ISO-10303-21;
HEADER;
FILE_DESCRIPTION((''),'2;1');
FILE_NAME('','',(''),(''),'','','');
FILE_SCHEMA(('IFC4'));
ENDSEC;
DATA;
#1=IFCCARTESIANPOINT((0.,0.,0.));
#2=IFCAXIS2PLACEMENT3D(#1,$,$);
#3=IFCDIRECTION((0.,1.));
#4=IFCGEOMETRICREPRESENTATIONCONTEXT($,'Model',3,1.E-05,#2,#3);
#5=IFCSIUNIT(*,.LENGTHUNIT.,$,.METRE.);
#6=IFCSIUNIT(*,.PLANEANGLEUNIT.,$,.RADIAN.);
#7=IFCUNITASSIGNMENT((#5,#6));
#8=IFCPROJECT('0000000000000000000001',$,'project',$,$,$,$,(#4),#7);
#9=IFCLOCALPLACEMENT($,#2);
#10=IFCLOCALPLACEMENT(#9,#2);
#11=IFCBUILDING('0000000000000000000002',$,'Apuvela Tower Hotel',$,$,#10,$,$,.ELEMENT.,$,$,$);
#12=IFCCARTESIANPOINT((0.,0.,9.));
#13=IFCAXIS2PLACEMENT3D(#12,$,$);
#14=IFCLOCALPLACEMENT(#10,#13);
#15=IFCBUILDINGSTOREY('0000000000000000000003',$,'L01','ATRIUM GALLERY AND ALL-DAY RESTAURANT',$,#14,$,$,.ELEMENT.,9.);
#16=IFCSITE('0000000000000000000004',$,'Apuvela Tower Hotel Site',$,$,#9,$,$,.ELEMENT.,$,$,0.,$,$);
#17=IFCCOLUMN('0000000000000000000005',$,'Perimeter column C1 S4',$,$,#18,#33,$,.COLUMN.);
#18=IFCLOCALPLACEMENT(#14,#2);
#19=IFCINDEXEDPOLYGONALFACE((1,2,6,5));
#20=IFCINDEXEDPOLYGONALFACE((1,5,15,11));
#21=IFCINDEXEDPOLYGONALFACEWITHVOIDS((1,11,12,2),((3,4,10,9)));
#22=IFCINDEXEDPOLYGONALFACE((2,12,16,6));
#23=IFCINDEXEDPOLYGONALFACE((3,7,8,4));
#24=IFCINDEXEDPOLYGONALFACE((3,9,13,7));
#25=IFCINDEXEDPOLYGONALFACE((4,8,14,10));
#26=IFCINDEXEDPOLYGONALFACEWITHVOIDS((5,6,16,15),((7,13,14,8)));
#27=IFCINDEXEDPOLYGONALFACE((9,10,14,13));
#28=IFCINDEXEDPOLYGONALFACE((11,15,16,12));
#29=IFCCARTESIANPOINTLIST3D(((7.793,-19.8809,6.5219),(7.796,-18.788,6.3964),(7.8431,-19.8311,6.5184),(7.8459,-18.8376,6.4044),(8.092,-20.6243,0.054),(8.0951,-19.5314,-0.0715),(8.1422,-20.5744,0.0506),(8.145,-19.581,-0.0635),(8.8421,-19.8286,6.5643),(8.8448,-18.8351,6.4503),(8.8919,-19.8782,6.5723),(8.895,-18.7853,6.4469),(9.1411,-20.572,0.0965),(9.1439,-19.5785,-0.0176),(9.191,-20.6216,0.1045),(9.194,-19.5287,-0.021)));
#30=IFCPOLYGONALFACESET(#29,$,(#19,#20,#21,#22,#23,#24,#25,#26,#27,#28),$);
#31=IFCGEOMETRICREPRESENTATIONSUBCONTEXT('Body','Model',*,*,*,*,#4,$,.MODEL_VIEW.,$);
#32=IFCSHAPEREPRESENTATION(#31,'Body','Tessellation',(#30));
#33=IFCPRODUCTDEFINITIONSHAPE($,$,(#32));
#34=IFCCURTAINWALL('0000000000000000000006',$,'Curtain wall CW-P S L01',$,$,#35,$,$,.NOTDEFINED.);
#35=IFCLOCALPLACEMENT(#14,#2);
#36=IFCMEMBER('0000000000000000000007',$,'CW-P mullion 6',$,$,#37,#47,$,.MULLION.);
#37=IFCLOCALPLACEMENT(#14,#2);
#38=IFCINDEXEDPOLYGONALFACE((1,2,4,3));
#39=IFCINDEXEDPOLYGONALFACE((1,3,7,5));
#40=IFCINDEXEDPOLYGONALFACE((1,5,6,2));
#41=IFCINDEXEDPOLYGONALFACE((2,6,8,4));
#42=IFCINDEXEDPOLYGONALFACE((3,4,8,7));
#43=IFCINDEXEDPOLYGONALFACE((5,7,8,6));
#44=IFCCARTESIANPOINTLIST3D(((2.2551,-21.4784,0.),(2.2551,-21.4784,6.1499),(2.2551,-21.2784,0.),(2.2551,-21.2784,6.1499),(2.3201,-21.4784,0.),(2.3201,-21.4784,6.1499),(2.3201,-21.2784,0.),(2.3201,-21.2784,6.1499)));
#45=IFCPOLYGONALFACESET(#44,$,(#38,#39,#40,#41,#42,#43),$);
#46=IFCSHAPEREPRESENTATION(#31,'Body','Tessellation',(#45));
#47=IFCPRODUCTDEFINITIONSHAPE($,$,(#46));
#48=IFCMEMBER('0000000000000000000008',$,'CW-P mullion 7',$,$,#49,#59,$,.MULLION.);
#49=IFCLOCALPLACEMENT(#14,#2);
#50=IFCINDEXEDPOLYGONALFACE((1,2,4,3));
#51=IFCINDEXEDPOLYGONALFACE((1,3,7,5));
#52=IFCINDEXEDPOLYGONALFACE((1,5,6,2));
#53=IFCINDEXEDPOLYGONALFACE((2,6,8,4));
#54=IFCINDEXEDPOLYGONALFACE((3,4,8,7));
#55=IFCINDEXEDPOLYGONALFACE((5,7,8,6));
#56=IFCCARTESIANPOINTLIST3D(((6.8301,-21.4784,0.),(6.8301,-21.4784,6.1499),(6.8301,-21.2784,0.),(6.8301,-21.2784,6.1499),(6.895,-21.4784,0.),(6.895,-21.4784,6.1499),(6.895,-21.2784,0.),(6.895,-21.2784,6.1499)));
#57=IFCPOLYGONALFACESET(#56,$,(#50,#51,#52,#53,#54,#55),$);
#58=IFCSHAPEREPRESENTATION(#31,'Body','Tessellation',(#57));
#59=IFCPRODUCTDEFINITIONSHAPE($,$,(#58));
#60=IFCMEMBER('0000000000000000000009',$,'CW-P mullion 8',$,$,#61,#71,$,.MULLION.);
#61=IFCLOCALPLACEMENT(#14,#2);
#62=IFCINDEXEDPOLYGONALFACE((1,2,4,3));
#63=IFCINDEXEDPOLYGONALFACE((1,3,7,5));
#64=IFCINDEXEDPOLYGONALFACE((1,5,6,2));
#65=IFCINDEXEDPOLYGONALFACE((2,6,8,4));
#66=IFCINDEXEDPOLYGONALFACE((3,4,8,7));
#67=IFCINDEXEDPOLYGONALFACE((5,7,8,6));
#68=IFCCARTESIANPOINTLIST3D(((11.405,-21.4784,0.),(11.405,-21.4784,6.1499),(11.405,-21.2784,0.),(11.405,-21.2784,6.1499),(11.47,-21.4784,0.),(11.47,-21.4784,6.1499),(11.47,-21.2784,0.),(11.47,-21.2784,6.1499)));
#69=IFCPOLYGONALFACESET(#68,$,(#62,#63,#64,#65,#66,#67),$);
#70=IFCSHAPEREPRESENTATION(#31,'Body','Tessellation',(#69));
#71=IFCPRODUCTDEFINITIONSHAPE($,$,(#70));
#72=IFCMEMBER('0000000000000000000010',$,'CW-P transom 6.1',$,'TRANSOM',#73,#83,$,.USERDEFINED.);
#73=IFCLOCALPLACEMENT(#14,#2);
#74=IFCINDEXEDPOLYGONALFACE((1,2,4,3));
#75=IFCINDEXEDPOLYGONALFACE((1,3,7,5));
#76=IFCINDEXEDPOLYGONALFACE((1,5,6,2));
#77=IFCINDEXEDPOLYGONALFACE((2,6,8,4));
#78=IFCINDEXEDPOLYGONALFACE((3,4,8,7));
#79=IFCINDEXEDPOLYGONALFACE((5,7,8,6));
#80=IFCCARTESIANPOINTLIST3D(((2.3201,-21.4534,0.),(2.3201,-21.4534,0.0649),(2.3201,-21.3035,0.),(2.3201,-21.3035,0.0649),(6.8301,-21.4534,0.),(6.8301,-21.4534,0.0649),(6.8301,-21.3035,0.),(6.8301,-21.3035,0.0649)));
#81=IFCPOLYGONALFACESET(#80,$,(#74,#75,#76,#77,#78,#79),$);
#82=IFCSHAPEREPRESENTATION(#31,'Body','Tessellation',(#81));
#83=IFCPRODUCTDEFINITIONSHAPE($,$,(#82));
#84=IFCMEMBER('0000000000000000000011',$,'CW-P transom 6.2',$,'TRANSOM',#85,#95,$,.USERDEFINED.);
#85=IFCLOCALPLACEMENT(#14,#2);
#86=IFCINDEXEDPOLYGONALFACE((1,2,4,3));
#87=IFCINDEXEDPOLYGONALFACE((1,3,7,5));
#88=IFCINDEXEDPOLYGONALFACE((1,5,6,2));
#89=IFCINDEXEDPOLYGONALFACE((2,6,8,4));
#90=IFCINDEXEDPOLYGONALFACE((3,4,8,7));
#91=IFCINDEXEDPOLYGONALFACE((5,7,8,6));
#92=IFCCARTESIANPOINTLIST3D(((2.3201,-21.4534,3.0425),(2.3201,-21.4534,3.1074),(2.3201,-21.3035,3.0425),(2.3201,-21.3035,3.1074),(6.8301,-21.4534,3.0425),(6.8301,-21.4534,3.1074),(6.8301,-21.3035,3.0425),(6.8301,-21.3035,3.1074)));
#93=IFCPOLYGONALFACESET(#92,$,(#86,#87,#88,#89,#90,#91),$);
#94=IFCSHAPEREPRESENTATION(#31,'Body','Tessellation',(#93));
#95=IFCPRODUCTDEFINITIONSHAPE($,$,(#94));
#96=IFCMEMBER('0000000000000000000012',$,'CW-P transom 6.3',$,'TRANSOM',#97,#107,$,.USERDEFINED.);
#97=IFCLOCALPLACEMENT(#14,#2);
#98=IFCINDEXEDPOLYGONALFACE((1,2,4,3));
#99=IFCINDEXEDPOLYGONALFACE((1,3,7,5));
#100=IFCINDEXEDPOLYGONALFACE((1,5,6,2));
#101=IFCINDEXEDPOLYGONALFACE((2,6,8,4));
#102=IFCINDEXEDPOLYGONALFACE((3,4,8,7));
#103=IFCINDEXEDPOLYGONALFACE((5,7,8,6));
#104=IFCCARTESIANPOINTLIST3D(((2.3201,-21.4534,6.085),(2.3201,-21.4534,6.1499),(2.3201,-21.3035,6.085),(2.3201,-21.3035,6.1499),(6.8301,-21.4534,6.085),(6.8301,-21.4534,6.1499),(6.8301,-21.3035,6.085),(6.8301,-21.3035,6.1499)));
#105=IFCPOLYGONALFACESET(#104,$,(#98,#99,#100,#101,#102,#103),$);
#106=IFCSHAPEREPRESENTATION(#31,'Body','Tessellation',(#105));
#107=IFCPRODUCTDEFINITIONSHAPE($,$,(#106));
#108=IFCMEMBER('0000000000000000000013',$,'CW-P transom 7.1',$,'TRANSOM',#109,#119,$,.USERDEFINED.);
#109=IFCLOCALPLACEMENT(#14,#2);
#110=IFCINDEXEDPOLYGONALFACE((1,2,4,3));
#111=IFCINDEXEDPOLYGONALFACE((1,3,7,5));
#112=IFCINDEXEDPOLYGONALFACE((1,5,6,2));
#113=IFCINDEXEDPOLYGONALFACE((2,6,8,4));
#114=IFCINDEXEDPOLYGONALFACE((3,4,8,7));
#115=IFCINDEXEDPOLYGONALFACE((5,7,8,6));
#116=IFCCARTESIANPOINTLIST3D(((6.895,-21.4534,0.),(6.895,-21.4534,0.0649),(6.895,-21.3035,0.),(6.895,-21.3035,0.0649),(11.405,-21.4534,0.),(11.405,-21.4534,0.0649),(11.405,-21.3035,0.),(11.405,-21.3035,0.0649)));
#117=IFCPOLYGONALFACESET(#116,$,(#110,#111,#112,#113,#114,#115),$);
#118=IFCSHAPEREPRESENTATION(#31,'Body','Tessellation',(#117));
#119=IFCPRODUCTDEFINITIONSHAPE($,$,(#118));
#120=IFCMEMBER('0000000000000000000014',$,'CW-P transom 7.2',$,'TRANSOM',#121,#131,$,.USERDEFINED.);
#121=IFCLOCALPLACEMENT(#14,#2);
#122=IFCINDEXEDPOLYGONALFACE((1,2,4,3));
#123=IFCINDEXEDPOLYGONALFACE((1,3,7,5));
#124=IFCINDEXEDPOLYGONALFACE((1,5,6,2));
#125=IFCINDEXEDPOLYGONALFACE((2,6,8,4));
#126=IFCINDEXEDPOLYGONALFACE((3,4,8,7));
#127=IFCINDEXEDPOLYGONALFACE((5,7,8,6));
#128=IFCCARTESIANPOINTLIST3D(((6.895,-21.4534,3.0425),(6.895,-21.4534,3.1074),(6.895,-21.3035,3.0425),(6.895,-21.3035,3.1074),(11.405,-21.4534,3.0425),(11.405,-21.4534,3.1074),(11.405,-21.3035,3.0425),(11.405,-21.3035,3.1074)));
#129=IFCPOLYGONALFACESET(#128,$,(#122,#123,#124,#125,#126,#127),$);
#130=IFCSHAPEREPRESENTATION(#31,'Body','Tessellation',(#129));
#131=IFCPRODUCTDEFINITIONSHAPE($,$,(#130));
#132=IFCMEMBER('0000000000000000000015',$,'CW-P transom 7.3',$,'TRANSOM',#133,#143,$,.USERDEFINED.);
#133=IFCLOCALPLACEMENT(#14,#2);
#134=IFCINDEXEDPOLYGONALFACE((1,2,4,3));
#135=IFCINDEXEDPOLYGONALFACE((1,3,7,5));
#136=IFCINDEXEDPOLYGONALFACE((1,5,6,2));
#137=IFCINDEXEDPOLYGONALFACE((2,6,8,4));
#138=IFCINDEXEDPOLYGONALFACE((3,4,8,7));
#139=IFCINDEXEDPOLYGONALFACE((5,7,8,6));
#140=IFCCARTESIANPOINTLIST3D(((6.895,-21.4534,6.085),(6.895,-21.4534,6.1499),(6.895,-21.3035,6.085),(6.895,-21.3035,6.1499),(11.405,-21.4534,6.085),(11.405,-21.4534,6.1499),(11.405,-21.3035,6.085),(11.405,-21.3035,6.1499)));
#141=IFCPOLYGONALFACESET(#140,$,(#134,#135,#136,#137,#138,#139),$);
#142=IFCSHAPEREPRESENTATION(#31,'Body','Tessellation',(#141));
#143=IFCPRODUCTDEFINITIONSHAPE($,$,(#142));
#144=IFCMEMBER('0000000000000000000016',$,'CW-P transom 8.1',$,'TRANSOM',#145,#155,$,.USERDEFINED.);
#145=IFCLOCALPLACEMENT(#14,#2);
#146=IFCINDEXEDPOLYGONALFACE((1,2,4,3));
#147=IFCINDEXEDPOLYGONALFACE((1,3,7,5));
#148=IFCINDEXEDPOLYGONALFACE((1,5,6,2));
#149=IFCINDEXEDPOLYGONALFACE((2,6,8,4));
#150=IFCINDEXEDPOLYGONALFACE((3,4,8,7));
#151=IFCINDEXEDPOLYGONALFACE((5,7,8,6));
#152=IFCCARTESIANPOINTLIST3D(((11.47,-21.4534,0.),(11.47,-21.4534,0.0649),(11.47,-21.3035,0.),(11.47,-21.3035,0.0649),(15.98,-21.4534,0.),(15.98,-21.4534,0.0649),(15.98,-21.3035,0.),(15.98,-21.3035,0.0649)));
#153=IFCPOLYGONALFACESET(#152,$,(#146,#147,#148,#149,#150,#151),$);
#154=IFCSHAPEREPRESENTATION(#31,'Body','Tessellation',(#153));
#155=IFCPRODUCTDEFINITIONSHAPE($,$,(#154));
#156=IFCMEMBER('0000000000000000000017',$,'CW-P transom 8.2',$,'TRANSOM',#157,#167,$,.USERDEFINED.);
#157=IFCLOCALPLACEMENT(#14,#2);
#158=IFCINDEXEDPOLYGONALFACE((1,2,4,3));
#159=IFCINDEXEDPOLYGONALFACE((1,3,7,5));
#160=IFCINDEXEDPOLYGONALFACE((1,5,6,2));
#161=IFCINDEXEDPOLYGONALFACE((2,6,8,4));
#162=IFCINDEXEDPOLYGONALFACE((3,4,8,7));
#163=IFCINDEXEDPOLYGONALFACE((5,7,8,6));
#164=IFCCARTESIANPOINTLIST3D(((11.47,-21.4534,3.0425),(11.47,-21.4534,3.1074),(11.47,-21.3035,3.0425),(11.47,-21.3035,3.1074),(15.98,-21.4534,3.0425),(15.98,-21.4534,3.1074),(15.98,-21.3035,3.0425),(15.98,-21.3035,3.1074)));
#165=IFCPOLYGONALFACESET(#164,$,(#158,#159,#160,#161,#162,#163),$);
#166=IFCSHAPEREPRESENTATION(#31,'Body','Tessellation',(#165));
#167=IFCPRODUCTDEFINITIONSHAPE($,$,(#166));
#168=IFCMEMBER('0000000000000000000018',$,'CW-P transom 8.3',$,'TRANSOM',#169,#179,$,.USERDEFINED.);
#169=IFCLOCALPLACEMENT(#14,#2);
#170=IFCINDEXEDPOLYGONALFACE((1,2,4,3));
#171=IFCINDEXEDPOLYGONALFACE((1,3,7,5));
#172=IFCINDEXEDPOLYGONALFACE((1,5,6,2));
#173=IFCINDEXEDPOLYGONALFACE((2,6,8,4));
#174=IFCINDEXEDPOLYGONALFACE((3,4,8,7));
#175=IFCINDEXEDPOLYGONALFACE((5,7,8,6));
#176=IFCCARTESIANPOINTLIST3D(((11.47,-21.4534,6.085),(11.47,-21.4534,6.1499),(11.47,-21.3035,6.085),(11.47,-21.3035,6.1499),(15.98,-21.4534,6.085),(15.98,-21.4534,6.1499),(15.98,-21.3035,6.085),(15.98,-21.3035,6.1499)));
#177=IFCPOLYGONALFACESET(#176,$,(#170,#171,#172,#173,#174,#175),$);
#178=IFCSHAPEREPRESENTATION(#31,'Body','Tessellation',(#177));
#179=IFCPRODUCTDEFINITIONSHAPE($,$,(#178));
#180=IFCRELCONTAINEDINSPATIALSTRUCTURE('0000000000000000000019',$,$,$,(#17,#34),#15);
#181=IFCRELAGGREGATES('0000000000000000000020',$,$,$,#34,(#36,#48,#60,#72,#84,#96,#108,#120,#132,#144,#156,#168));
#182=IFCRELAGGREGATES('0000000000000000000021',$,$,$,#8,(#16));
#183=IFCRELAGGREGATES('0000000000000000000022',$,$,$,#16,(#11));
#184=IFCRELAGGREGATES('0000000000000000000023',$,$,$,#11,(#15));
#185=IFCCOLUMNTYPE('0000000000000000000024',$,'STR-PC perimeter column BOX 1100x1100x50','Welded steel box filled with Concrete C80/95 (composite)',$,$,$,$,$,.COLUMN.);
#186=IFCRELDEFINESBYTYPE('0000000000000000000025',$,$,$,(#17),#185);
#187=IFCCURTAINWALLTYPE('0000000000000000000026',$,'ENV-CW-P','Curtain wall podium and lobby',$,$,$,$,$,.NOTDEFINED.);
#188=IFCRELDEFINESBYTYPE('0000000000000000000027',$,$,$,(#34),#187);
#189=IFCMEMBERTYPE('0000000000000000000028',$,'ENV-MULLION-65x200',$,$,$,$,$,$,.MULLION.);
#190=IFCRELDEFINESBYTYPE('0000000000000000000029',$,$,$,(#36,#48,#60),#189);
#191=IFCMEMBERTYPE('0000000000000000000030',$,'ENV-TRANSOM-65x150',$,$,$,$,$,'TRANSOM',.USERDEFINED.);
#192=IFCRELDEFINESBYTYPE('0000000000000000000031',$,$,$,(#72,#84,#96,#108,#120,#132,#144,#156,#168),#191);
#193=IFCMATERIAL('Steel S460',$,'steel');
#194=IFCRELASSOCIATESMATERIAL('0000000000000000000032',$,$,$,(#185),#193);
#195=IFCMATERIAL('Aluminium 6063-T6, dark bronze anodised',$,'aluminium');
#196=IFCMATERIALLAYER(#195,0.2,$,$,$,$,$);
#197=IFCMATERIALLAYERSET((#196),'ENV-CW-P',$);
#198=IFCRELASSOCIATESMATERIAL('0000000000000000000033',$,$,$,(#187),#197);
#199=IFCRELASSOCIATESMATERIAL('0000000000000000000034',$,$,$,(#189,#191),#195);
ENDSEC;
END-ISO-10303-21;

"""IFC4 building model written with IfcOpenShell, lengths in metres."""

from ifc_helpers import new_model, si_unit, direction, frame, origin, origin_2d, place, context, subcontext, project, spatial, rectangle, hollow_rectangle, extrude, boolean, halfspace, material, layer, layer_set, material_profile, profile_set, type_object, element, aggregate, save


model = new_model("IFC4")

# Units and contexts
model_context = context("Model", 3, precision=1e-05, world=origin(), true_north=direction((0.0, 1.0)))
body_context = subcontext(model_context, "Body", "Model", "MODEL_VIEW")
ifc_project = project(units=[si_unit("LENGTHUNIT", "METRE"), si_unit("PLANEANGLEUNIT", "RADIAN")], contexts=[model_context])

# Site, building, storey
site_placement = place(None, origin())
site = spatial("IfcSite", under=ifc_project, at=site_placement, Name="Apuvela Tower Hotel Site", CompositionType="ELEMENT", RefElevation=0.0)
building_placement = place(site_placement, origin())
building = spatial("IfcBuilding", under=site, at=building_placement, Name="Apuvela Tower Hotel", CompositionType="ELEMENT")
storey_placement = place(building_placement, frame((0.0, 0.0, 9.0)))
storey = spatial("IfcBuildingStorey", under=building, at=storey_placement, Name="L01", Description="ATRIUM GALLERY AND ALL-DAY RESTAURANT", CompositionType="ELEMENT", Elevation=9.0)

# Column
ifc_material_1 = material(Name="Steel S460", Category="steel")
ifc_material_profile_1 = material_profile(ifc_material_1, hollow_rectangle(XDim=1.1001, YDim=1.1001, WallThickness=0.05, at=origin_2d()), Name="BOX 1100x1100x50")
ifc_material_2 = material(Name="Concrete C80/95", Category="concrete")
ifc_material_profile_2 = material_profile(ifc_material_2, rectangle(XDim=1.0, YDim=1.0, at=origin_2d()), Name="Concrete C80/95 infill")
ifc_profile_set_1 = profile_set([ifc_material_profile_1, ifc_material_profile_2], Name="Steel S460")
column_type = type_object("IfcColumnType", Name="STR-PC perimeter column BOX 1100x1100x50", Description="Welded steel box filled with Concrete C80/95 (composite)", PredefinedType="COLUMN", material=ifc_profile_set_1)
column_placement = place(storey_placement, frame((8.6438, -20.0784, 0.0), z_axis=(-0.045886, 0.114062, 0.992413), x_axis=(0.998943, 0.002476, 0.045903)))
element("IfcColumn", 1, at=column_placement, inside=storey, type_object=column_type, Name="Perimeter column C1 S4", PredefinedType="COLUMN", context=body_context, shape_type="SweptSolid", body=[
    boolean("DIFFERENCE", boolean("DIFFERENCE", extrude(hollow_rectangle(XDim=1.1001, YDim=1.1001, WallThickness=0.05, at=origin_2d()), origin(), (0.0, 0.0, 1.0), 6.5498), halfspace(frame((0.0, 0.0, 0.0166), z_axis=(0.0, 0.0, 1.0), x_axis=(1.0, 0.0, 0.0)), True)), halfspace(frame((0.0, 0.0, 6.5339), z_axis=(0.0, 0.0, 1.0), x_axis=(1.0, 0.0, 0.0)), False)),
])

# Curtain wall, members
ifc_material_3 = material(Name="Aluminium 6063-T6, dark bronze anodised", Category="aluminium")
ifc_layer_1 = layer(ifc_material_3, 0.2)
ifc_layer_set_1 = layer_set([ifc_layer_1], Name="ENV-CW-P")
curtain_wall_type = type_object("IfcCurtainWallType", Name="ENV-CW-P", Description="Curtain wall podium and lobby", PredefinedType="NOTDEFINED", material=ifc_layer_set_1)
curtain_wall_placement = place(storey_placement, origin())
curtain_wall = element("IfcCurtainWall", 2, at=curtain_wall_placement, inside=storey, type_object=curtain_wall_type, Name="Curtain wall CW-P S L01", PredefinedType="NOTDEFINED")
ifc_material_profile_3 = material_profile(ifc_material_3, rectangle(XDim=0.2, YDim=0.0649, at=origin_2d()), Name="AL 65x200")
ifc_profile_set_2 = profile_set([ifc_material_profile_3], Name="Aluminium 6063-T6, dark bronze anodised")
member_type_1 = type_object("IfcMemberType", Name="ENV-MULLION-65x200", PredefinedType="MULLION", material=ifc_profile_set_2)
member_1_placement = place(storey_placement, frame((2.2876, -21.3784, 0.0), z_axis=(0.0, 0.0, 1.0), x_axis=(0.0, 1.0, 0.0)))
member_1 = element("IfcMember", 3, at=member_1_placement, type_object=member_type_1, Name="CW-P mullion 6", PredefinedType="MULLION", context=body_context, shape_type="SweptSolid", body=[
    extrude(rectangle(XDim=0.2, YDim=0.0649, at=origin_2d()), origin(), (0.0, 0.0, 1.0), 6.1499),
])
member_2_placement = place(storey_placement, frame((6.8625, -21.3784, 0.0), z_axis=(0.0, 0.0, 1.0), x_axis=(0.0, 1.0, 0.0)))
member_2 = element("IfcMember", 4, at=member_2_placement, type_object=member_type_1, Name="CW-P mullion 7", PredefinedType="MULLION", context=body_context, shape_type="SweptSolid", body=[
    extrude(rectangle(XDim=0.2, YDim=0.0649, at=origin_2d()), origin(), (0.0, 0.0, 1.0), 6.1499),
])
member_3_placement = place(storey_placement, frame((11.4375, -21.3784, 0.0), z_axis=(0.0, 0.0, 1.0), x_axis=(0.0, 1.0, 0.0)))
member_3 = element("IfcMember", 5, at=member_3_placement, type_object=member_type_1, Name="CW-P mullion 8", PredefinedType="MULLION", context=body_context, shape_type="SweptSolid", body=[
    extrude(rectangle(XDim=0.2, YDim=0.0649, at=origin_2d()), origin(), (0.0, 0.0, 1.0), 6.1499),
])
ifc_material_profile_4 = material_profile(ifc_material_3, rectangle(XDim=0.1499, YDim=0.0649, at=origin_2d()), Name="AL 65x150 transom")
ifc_profile_set_3 = profile_set([ifc_material_profile_4], Name="Aluminium 6063-T6, dark bronze anodised")
member_type_2 = type_object("IfcMemberType", Name="ENV-TRANSOM-65x150", ElementType="TRANSOM", PredefinedType="USERDEFINED", material=ifc_profile_set_3)
member_4_placement = place(storey_placement, frame((2.3201, -21.3784, 0.0325), z_axis=(1.0, 0.0, 0.0), x_axis=(0.0, 1.0, 0.0)))
member_4 = element("IfcMember", 6, at=member_4_placement, type_object=member_type_2, Name="CW-P transom 6.1", ObjectType="TRANSOM", PredefinedType="USERDEFINED", context=body_context, shape_type="SweptSolid", body=[
    extrude(rectangle(XDim=0.1499, YDim=0.0649, at=origin_2d()), origin(), (0.0, 0.0, 1.0), 4.51),
])
member_5_placement = place(storey_placement, frame((2.3201, -21.3784, 3.075), z_axis=(1.0, 0.0, 0.0), x_axis=(0.0, 1.0, 0.0)))
member_5 = element("IfcMember", 7, at=member_5_placement, type_object=member_type_2, Name="CW-P transom 6.2", ObjectType="TRANSOM", PredefinedType="USERDEFINED", context=body_context, shape_type="SweptSolid", body=[
    extrude(rectangle(XDim=0.1499, YDim=0.0649, at=origin_2d()), origin(), (0.0, 0.0, 1.0), 4.51),
])
member_6_placement = place(storey_placement, frame((2.3201, -21.3784, 6.1174), z_axis=(1.0, 0.0, 0.0), x_axis=(0.0, 1.0, 0.0)))
member_6 = element("IfcMember", 8, at=member_6_placement, type_object=member_type_2, Name="CW-P transom 6.3", ObjectType="TRANSOM", PredefinedType="USERDEFINED", context=body_context, shape_type="SweptSolid", body=[
    extrude(rectangle(XDim=0.1499, YDim=0.0649, at=origin_2d()), origin(), (0.0, 0.0, 1.0), 4.51),
])
member_7_placement = place(storey_placement, frame((6.895, -21.3784, 0.0325), z_axis=(1.0, 0.0, 0.0), x_axis=(0.0, 1.0, 0.0)))
member_7 = element("IfcMember", 9, at=member_7_placement, type_object=member_type_2, Name="CW-P transom 7.1", ObjectType="TRANSOM", PredefinedType="USERDEFINED", context=body_context, shape_type="SweptSolid", body=[
    extrude(rectangle(XDim=0.1499, YDim=0.0649, at=origin_2d()), origin(), (0.0, 0.0, 1.0), 4.51),
])
member_8_placement = place(storey_placement, frame((6.895, -21.3784, 3.075), z_axis=(1.0, 0.0, 0.0), x_axis=(0.0, 1.0, 0.0)))
member_8 = element("IfcMember", 10, at=member_8_placement, type_object=member_type_2, Name="CW-P transom 7.2", ObjectType="TRANSOM", PredefinedType="USERDEFINED", context=body_context, shape_type="SweptSolid", body=[
    extrude(rectangle(XDim=0.1499, YDim=0.0649, at=origin_2d()), origin(), (0.0, 0.0, 1.0), 4.51),
])
member_9_placement = place(storey_placement, frame((6.895, -21.3784, 6.1174), z_axis=(1.0, 0.0, 0.0), x_axis=(0.0, 1.0, 0.0)))
member_9 = element("IfcMember", 11, at=member_9_placement, type_object=member_type_2, Name="CW-P transom 7.3", ObjectType="TRANSOM", PredefinedType="USERDEFINED", context=body_context, shape_type="SweptSolid", body=[
    extrude(rectangle(XDim=0.1499, YDim=0.0649, at=origin_2d()), origin(), (0.0, 0.0, 1.0), 4.51),
])
member_10_placement = place(storey_placement, frame((11.47, -21.3784, 0.0325), z_axis=(1.0, 0.0, 0.0), x_axis=(0.0, 1.0, 0.0)))
member_10 = element("IfcMember", 12, at=member_10_placement, type_object=member_type_2, Name="CW-P transom 8.1", ObjectType="TRANSOM", PredefinedType="USERDEFINED", context=body_context, shape_type="SweptSolid", body=[
    extrude(rectangle(XDim=0.1499, YDim=0.0649, at=origin_2d()), origin(), (0.0, 0.0, 1.0), 4.51),
])
member_11_placement = place(storey_placement, frame((11.47, -21.3784, 3.075), z_axis=(1.0, 0.0, 0.0), x_axis=(0.0, 1.0, 0.0)))
member_11 = element("IfcMember", 13, at=member_11_placement, type_object=member_type_2, Name="CW-P transom 8.2", ObjectType="TRANSOM", PredefinedType="USERDEFINED", context=body_context, shape_type="SweptSolid", body=[
    extrude(rectangle(XDim=0.1499, YDim=0.0649, at=origin_2d()), origin(), (0.0, 0.0, 1.0), 4.51),
])
member_12_placement = place(storey_placement, frame((11.47, -21.3784, 6.1174), z_axis=(1.0, 0.0, 0.0), x_axis=(0.0, 1.0, 0.0)))
member_12 = element("IfcMember", 14, at=member_12_placement, type_object=member_type_2, Name="CW-P transom 8.3", ObjectType="TRANSOM", PredefinedType="USERDEFINED", context=body_context, shape_type="SweptSolid", body=[
    extrude(rectangle(XDim=0.1499, YDim=0.0649, at=origin_2d()), origin(), (0.0, 0.0, 1.0), 4.51),
])

aggregate(curtain_wall, [member_1, member_2, member_3, member_4, member_5, member_6, member_7, member_8, member_9, member_10, member_11, member_12])

save(model, "model.ifc")
